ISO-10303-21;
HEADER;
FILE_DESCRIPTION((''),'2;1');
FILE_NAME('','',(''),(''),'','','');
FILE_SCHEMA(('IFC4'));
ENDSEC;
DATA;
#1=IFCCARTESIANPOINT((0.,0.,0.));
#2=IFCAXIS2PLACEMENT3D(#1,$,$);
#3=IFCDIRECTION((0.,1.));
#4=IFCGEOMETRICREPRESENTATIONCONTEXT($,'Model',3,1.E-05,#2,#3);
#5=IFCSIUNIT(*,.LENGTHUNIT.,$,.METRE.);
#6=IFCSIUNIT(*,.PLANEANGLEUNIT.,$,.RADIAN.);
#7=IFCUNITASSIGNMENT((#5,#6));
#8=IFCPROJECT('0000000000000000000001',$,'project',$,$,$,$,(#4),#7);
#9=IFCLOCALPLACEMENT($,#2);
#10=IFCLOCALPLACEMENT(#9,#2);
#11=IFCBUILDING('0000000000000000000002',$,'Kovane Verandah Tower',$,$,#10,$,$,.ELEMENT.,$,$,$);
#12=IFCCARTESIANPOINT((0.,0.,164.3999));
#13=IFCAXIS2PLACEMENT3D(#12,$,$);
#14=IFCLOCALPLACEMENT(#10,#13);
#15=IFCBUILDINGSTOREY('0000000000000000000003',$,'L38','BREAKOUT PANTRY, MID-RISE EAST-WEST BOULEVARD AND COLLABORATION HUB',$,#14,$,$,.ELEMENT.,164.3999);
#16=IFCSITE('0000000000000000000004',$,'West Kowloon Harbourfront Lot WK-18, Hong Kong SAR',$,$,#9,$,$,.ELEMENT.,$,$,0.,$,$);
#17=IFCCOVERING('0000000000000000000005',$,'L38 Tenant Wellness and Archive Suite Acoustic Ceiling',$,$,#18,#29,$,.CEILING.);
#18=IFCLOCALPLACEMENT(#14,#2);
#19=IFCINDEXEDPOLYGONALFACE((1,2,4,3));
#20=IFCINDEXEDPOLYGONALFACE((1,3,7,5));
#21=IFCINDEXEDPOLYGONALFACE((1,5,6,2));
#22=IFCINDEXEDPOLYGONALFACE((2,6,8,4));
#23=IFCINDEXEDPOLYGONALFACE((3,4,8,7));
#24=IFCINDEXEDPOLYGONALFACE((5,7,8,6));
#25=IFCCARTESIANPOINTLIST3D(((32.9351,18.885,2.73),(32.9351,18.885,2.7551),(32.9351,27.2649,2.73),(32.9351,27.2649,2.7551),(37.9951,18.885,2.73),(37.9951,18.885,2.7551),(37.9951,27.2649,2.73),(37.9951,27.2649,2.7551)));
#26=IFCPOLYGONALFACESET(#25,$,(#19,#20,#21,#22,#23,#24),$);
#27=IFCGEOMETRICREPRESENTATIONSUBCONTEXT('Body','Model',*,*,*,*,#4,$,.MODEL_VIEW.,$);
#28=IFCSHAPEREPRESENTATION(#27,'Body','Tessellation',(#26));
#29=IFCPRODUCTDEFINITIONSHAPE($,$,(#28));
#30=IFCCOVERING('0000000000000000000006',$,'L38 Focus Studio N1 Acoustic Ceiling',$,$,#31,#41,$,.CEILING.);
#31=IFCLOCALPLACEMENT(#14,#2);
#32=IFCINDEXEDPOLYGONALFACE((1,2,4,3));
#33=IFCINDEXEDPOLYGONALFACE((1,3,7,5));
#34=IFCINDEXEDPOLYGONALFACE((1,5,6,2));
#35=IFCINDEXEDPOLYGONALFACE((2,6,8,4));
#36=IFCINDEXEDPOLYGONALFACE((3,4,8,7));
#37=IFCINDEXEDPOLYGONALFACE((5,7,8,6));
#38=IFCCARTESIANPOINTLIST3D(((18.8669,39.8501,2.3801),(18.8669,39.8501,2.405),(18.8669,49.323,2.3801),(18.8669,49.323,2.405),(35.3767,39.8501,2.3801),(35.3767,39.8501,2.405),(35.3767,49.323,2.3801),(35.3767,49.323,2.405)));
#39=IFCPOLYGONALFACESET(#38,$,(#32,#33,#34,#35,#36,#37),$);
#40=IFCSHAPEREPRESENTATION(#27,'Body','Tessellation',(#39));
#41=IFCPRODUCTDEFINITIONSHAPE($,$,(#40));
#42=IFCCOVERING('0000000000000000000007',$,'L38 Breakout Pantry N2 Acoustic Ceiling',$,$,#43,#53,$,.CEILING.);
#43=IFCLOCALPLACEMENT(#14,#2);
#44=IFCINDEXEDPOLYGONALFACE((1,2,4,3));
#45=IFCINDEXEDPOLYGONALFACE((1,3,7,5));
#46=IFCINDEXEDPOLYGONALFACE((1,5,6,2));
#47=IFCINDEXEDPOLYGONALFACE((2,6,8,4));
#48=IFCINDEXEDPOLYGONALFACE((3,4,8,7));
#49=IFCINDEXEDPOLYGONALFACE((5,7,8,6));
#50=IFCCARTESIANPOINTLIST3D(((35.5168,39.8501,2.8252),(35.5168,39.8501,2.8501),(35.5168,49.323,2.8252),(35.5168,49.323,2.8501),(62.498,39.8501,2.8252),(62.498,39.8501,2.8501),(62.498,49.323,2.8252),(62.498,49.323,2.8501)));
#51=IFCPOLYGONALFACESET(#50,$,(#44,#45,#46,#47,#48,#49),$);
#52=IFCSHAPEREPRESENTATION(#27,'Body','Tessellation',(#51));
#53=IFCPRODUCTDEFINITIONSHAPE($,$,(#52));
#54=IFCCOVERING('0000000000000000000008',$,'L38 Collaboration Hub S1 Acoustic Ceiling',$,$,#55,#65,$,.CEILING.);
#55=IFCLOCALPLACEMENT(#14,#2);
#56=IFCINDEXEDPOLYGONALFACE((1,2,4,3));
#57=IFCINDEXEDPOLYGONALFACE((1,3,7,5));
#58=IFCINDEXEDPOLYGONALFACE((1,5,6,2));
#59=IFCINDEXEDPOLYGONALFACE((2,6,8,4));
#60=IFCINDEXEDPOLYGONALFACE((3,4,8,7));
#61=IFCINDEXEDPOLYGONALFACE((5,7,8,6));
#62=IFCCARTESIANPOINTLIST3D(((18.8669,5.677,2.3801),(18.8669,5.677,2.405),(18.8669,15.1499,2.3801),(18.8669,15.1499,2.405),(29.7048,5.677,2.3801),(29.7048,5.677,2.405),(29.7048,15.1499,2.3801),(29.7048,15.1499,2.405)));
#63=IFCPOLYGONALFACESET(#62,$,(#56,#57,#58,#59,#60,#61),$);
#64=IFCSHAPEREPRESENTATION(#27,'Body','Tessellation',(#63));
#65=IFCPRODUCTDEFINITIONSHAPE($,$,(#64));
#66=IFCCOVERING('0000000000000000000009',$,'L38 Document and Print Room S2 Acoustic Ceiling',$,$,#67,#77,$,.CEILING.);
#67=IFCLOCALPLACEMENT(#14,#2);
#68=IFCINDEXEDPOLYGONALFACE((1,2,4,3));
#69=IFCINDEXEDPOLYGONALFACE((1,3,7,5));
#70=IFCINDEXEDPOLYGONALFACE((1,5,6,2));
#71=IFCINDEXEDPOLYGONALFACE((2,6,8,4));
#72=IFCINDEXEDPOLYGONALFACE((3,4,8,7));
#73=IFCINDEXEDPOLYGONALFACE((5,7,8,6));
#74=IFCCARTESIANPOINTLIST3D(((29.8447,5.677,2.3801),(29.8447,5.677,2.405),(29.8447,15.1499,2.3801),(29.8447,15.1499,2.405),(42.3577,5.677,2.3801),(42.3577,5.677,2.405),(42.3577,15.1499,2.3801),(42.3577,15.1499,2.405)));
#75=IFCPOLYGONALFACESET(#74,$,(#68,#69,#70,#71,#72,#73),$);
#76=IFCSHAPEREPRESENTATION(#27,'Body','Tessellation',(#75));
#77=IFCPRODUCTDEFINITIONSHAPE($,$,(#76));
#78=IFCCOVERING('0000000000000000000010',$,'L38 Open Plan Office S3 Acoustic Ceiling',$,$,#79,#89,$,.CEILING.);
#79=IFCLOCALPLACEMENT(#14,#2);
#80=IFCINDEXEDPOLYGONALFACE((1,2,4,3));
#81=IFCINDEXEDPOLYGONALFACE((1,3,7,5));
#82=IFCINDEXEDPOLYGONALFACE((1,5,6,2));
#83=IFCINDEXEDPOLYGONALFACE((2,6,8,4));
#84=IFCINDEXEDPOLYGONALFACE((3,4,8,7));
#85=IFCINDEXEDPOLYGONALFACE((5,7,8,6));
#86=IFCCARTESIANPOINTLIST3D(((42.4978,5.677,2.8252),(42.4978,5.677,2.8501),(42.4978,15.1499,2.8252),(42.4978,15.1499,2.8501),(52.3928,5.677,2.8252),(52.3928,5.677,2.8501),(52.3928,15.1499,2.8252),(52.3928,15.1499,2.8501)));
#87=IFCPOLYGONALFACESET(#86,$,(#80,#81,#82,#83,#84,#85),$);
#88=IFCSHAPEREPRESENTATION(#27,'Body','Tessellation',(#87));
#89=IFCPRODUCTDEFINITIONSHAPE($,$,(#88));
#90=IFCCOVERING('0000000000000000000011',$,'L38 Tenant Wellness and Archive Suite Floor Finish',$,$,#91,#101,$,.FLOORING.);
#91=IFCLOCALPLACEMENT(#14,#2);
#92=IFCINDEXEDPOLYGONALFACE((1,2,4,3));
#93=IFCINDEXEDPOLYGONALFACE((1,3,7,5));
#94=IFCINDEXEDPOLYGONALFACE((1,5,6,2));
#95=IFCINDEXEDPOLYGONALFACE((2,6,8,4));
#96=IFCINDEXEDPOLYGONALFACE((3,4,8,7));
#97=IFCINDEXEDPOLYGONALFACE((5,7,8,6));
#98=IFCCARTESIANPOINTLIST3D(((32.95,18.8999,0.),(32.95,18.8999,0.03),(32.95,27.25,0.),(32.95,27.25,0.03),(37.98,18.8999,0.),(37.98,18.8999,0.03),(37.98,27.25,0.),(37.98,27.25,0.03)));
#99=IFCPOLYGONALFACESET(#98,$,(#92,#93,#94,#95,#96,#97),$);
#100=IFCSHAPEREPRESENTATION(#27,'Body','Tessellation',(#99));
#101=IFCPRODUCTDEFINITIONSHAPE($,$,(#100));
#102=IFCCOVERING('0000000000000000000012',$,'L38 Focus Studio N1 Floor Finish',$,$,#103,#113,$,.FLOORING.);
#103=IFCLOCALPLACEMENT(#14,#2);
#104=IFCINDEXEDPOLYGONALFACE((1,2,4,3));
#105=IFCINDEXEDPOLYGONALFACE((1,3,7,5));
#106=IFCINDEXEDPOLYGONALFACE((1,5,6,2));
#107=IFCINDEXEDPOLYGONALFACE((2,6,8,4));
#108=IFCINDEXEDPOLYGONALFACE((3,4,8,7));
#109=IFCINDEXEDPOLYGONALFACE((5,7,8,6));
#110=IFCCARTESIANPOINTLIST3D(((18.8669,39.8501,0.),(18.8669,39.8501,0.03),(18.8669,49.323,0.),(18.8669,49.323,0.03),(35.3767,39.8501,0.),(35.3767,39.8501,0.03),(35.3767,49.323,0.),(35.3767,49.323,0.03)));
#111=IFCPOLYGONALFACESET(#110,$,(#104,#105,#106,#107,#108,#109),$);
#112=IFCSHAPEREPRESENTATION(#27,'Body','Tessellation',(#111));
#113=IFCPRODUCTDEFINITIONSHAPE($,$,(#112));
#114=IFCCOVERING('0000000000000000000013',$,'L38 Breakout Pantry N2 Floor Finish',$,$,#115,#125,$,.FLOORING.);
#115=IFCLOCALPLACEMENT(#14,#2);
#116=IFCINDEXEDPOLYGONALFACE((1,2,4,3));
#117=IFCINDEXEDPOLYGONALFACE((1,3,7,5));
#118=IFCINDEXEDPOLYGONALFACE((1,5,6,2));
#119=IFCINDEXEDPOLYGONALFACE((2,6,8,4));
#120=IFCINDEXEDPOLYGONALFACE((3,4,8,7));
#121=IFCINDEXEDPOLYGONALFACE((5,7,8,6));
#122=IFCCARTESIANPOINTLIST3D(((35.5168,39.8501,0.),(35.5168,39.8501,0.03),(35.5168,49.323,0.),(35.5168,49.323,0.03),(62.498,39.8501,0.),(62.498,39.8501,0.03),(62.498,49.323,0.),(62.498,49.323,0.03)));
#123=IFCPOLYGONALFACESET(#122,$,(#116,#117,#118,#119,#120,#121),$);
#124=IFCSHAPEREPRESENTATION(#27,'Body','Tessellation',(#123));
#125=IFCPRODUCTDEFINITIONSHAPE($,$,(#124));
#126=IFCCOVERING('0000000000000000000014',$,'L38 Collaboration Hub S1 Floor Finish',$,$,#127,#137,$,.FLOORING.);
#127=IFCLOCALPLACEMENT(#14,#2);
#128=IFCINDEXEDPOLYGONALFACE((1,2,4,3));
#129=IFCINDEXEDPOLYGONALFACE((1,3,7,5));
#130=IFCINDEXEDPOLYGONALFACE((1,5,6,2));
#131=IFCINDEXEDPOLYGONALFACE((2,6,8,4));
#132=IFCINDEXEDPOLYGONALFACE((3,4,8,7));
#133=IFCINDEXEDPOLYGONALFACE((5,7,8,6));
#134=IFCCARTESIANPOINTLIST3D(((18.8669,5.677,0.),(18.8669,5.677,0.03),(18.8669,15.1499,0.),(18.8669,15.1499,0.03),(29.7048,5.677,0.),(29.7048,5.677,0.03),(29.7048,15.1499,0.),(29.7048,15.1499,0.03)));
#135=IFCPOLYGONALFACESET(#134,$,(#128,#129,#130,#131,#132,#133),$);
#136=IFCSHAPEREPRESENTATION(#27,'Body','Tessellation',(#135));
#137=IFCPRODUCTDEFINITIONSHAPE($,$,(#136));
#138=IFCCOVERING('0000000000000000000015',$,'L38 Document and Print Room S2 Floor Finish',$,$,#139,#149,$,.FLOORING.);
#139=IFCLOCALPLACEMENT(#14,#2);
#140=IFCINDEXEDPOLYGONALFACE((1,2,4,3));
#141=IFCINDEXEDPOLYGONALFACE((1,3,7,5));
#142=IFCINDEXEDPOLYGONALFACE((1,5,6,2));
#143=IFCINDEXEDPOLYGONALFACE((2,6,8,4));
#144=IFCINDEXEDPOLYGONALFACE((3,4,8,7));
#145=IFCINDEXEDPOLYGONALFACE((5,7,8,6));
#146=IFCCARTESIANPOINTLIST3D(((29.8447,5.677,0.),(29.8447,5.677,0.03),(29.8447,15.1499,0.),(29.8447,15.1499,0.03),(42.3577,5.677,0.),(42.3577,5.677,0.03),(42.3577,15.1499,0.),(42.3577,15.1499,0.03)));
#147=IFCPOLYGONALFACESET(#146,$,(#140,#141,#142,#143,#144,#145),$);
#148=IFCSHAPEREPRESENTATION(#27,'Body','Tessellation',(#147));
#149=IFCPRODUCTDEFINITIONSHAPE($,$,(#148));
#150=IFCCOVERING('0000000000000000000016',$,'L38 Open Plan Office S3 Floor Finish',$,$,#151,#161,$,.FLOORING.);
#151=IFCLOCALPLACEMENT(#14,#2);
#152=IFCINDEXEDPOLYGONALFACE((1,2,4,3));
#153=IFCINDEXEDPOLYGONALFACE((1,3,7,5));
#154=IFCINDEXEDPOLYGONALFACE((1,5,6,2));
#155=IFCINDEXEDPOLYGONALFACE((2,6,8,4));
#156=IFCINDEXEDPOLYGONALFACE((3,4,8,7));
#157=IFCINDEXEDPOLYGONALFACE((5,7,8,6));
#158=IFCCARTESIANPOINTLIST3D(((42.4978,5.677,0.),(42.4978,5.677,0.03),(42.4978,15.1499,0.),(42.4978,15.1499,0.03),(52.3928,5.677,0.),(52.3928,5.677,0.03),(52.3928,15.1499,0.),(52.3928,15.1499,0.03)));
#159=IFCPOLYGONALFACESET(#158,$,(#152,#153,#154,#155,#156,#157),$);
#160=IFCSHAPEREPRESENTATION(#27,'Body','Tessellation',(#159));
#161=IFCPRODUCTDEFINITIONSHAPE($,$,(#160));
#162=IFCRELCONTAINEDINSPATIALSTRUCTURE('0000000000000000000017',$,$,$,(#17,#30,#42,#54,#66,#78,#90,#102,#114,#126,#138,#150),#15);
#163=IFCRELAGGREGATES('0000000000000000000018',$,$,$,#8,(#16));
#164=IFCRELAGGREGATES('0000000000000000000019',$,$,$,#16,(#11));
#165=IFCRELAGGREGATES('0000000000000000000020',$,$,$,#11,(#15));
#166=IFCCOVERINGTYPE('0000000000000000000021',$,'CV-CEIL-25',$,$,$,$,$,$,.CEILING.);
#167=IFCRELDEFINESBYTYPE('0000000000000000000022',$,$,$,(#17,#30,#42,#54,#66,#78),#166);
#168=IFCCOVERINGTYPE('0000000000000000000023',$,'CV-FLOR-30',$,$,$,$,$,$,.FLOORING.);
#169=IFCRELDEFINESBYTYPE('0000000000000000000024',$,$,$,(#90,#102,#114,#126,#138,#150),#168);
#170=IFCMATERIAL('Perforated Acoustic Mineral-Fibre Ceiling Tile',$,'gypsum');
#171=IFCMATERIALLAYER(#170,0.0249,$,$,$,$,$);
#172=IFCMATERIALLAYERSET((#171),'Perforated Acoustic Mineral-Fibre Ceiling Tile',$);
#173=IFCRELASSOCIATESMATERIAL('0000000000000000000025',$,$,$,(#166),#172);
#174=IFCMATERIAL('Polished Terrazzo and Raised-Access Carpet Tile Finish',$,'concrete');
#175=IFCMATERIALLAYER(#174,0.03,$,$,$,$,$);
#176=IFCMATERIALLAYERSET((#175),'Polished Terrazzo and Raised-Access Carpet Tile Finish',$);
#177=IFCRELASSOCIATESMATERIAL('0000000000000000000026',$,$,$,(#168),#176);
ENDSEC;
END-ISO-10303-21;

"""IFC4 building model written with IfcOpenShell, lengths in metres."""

from ifc_helpers import new_model, si_unit, direction, frame, origin, place, context, subcontext, project, spatial, polyline, outline, extrude, material, layer, layer_set, type_object, element, save


model = new_model("IFC4")

# Units and contexts
model_context = context("Model", 3, precision=1e-05, world=origin(), true_north=direction((0.0, 1.0)))
body_context = subcontext(model_context, "Body", "Model", "MODEL_VIEW")
ifc_project = project(units=[si_unit("LENGTHUNIT", "METRE"), si_unit("PLANEANGLEUNIT", "RADIAN")], contexts=[model_context])

# Site, building, storey
site_placement = place(None, origin())
site = spatial("IfcSite", under=ifc_project, at=site_placement, Name="West Kowloon Harbourfront Lot WK-18, Hong Kong SAR", CompositionType="ELEMENT", RefElevation=0.0)
building_placement = place(site_placement, origin())
building = spatial("IfcBuilding", under=site, at=building_placement, Name="Kovane Verandah Tower", CompositionType="ELEMENT")
storey_placement = place(building_placement, frame((0.0, 0.0, 164.3999)))
storey = spatial("IfcBuildingStorey", under=building, at=storey_placement, Name="L38", Description="BREAKOUT PANTRY, MID-RISE EAST-WEST BOULEVARD AND COLLABORATION HUB", CompositionType="ELEMENT", Elevation=164.3999)

# Coverings
ifc_material_1 = material(Name="Perforated Acoustic Mineral-Fibre Ceiling Tile", Category="gypsum")
ifc_layer_1 = layer(ifc_material_1, 0.0249)
ifc_layer_set_1 = layer_set([ifc_layer_1], Name="Perforated Acoustic Mineral-Fibre Ceiling Tile")
covering_type_1 = type_object("IfcCoveringType", Name="CV-CEIL-25", PredefinedType="CEILING", material=ifc_layer_set_1)
covering_1_placement = place(storey_placement, frame((0.0, 0.0, 2.73)))
element("IfcCovering", 1, at=covering_1_placement, inside=storey, type_object=covering_type_1, Name="L38 Tenant Wellness and Archive Suite Acoustic Ceiling", PredefinedType="CEILING", context=body_context, shape_type="SweptSolid", body=[
    extrude(outline(polyline([(32.9351, 18.885), (37.9951, 18.885), (37.9951, 27.2649), (32.9351, 27.2649), (32.9351, 18.885)])), origin(), (0.0, 0.0, 1.0), 0.0251),
])
covering_2_placement = place(storey_placement, frame((0.0, 0.0, 2.3801)))
element("IfcCovering", 2, at=covering_2_placement, inside=storey, type_object=covering_type_1, Name="L38 Focus Studio N1 Acoustic Ceiling", PredefinedType="CEILING", context=body_context, shape_type="SweptSolid", body=[
    extrude(outline(polyline([(18.8669, 39.8501), (35.3767, 39.8501), (35.3767, 49.323), (18.8669, 49.323), (18.8669, 39.8501)])), origin(), (0.0, 0.0, 1.0), 0.0249),
])
covering_3_placement = place(storey_placement, frame((0.0, 0.0, 2.8252)))
element("IfcCovering", 3, at=covering_3_placement, inside=storey, type_object=covering_type_1, Name="L38 Breakout Pantry N2 Acoustic Ceiling", PredefinedType="CEILING", context=body_context, shape_type="SweptSolid", body=[
    extrude(outline(polyline([(35.5168, 39.8501), (62.498, 39.8501), (62.498, 49.323), (35.5168, 49.323), (35.5168, 39.8501)])), origin(), (0.0, 0.0, 1.0), 0.0249),
])
covering_4_placement = place(storey_placement, frame((0.0, 0.0, 2.3801)))
element("IfcCovering", 4, at=covering_4_placement, inside=storey, type_object=covering_type_1, Name="L38 Collaboration Hub S1 Acoustic Ceiling", PredefinedType="CEILING", context=body_context, shape_type="SweptSolid", body=[
    extrude(outline(polyline([(18.8669, 5.677), (29.7048, 5.677), (29.7048, 15.1499), (18.8669, 15.1499), (18.8669, 5.677)])), origin(), (0.0, 0.0, 1.0), 0.0249),
])
covering_5_placement = place(storey_placement, frame((0.0, 0.0, 2.3801)))
element("IfcCovering", 5, at=covering_5_placement, inside=storey, type_object=covering_type_1, Name="L38 Document and Print Room S2 Acoustic Ceiling", PredefinedType="CEILING", context=body_context, shape_type="SweptSolid", body=[
    extrude(outline(polyline([(29.8447, 5.677), (42.3577, 5.677), (42.3577, 15.1499), (29.8447, 15.1499), (29.8447, 5.677)])), origin(), (0.0, 0.0, 1.0), 0.0249),
])
covering_6_placement = place(storey_placement, frame((0.0, 0.0, 2.8252)))
element("IfcCovering", 6, at=covering_6_placement, inside=storey, type_object=covering_type_1, Name="L38 Open Plan Office S3 Acoustic Ceiling", PredefinedType="CEILING", context=body_context, shape_type="SweptSolid", body=[
    extrude(outline(polyline([(42.4978, 5.677), (52.3928, 5.677), (52.3928, 15.1499), (42.4978, 15.1499), (42.4978, 5.677)])), origin(), (0.0, 0.0, 1.0), 0.0249),
])
ifc_material_2 = material(Name="Polished Terrazzo and Raised-Access Carpet Tile Finish", Category="concrete")
ifc_layer_2 = layer(ifc_material_2, 0.03)
ifc_layer_set_2 = layer_set([ifc_layer_2], Name="Polished Terrazzo and Raised-Access Carpet Tile Finish")
covering_type_2 = type_object("IfcCoveringType", Name="CV-FLOR-30", PredefinedType="FLOORING", material=ifc_layer_set_2)
covering_7_placement = place(storey_placement, origin())
element("IfcCovering", 7, at=covering_7_placement, inside=storey, type_object=covering_type_2, Name="L38 Tenant Wellness and Archive Suite Floor Finish", PredefinedType="FLOORING", context=body_context, shape_type="SweptSolid", body=[
    extrude(outline(polyline([(32.95, 18.8999), (37.98, 18.8999), (37.98, 27.25), (32.95, 27.25), (32.95, 18.8999)])), origin(), (0.0, 0.0, 1.0), 0.03),
])
covering_8_placement = place(storey_placement, origin())
element("IfcCovering", 8, at=covering_8_placement, inside=storey, type_object=covering_type_2, Name="L38 Focus Studio N1 Floor Finish", PredefinedType="FLOORING", context=body_context, shape_type="SweptSolid", body=[
    extrude(outline(polyline([(18.8669, 39.8501), (35.3767, 39.8501), (35.3767, 49.323), (18.8669, 49.323), (18.8669, 39.8501)])), origin(), (0.0, 0.0, 1.0), 0.03),
])
covering_9_placement = place(storey_placement, origin())
element("IfcCovering", 9, at=covering_9_placement, inside=storey, type_object=covering_type_2, Name="L38 Breakout Pantry N2 Floor Finish", PredefinedType="FLOORING", context=body_context, shape_type="SweptSolid", body=[
    extrude(outline(polyline([(35.5168, 39.8501), (62.498, 39.8501), (62.498, 49.323), (35.5168, 49.323), (35.5168, 39.8501)])), origin(), (0.0, 0.0, 1.0), 0.03),
])
covering_10_placement = place(storey_placement, origin())
element("IfcCovering", 10, at=covering_10_placement, inside=storey, type_object=covering_type_2, Name="L38 Collaboration Hub S1 Floor Finish", PredefinedType="FLOORING", context=body_context, shape_type="SweptSolid", body=[
    extrude(outline(polyline([(18.8669, 5.677), (29.7048, 5.677), (29.7048, 15.1499), (18.8669, 15.1499), (18.8669, 5.677)])), origin(), (0.0, 0.0, 1.0), 0.03),
])
covering_11_placement = place(storey_placement, origin())
element("IfcCovering", 11, at=covering_11_placement, inside=storey, type_object=covering_type_2, Name="L38 Document and Print Room S2 Floor Finish", PredefinedType="FLOORING", context=body_context, shape_type="SweptSolid", body=[
    extrude(outline(polyline([(29.8447, 5.677), (42.3577, 5.677), (42.3577, 15.1499), (29.8447, 15.1499), (29.8447, 5.677)])), origin(), (0.0, 0.0, 1.0), 0.03),
])
covering_12_placement = place(storey_placement, origin())
element("IfcCovering", 12, at=covering_12_placement, inside=storey, type_object=covering_type_2, Name="L38 Open Plan Office S3 Floor Finish", PredefinedType="FLOORING", context=body_context, shape_type="SweptSolid", body=[
    extrude(outline(polyline([(42.4978, 5.677), (52.3928, 5.677), (52.3928, 15.1499), (42.4978, 15.1499), (42.4978, 5.677)])), origin(), (0.0, 0.0, 1.0), 0.03),
])

save(model, "model.ifc")
